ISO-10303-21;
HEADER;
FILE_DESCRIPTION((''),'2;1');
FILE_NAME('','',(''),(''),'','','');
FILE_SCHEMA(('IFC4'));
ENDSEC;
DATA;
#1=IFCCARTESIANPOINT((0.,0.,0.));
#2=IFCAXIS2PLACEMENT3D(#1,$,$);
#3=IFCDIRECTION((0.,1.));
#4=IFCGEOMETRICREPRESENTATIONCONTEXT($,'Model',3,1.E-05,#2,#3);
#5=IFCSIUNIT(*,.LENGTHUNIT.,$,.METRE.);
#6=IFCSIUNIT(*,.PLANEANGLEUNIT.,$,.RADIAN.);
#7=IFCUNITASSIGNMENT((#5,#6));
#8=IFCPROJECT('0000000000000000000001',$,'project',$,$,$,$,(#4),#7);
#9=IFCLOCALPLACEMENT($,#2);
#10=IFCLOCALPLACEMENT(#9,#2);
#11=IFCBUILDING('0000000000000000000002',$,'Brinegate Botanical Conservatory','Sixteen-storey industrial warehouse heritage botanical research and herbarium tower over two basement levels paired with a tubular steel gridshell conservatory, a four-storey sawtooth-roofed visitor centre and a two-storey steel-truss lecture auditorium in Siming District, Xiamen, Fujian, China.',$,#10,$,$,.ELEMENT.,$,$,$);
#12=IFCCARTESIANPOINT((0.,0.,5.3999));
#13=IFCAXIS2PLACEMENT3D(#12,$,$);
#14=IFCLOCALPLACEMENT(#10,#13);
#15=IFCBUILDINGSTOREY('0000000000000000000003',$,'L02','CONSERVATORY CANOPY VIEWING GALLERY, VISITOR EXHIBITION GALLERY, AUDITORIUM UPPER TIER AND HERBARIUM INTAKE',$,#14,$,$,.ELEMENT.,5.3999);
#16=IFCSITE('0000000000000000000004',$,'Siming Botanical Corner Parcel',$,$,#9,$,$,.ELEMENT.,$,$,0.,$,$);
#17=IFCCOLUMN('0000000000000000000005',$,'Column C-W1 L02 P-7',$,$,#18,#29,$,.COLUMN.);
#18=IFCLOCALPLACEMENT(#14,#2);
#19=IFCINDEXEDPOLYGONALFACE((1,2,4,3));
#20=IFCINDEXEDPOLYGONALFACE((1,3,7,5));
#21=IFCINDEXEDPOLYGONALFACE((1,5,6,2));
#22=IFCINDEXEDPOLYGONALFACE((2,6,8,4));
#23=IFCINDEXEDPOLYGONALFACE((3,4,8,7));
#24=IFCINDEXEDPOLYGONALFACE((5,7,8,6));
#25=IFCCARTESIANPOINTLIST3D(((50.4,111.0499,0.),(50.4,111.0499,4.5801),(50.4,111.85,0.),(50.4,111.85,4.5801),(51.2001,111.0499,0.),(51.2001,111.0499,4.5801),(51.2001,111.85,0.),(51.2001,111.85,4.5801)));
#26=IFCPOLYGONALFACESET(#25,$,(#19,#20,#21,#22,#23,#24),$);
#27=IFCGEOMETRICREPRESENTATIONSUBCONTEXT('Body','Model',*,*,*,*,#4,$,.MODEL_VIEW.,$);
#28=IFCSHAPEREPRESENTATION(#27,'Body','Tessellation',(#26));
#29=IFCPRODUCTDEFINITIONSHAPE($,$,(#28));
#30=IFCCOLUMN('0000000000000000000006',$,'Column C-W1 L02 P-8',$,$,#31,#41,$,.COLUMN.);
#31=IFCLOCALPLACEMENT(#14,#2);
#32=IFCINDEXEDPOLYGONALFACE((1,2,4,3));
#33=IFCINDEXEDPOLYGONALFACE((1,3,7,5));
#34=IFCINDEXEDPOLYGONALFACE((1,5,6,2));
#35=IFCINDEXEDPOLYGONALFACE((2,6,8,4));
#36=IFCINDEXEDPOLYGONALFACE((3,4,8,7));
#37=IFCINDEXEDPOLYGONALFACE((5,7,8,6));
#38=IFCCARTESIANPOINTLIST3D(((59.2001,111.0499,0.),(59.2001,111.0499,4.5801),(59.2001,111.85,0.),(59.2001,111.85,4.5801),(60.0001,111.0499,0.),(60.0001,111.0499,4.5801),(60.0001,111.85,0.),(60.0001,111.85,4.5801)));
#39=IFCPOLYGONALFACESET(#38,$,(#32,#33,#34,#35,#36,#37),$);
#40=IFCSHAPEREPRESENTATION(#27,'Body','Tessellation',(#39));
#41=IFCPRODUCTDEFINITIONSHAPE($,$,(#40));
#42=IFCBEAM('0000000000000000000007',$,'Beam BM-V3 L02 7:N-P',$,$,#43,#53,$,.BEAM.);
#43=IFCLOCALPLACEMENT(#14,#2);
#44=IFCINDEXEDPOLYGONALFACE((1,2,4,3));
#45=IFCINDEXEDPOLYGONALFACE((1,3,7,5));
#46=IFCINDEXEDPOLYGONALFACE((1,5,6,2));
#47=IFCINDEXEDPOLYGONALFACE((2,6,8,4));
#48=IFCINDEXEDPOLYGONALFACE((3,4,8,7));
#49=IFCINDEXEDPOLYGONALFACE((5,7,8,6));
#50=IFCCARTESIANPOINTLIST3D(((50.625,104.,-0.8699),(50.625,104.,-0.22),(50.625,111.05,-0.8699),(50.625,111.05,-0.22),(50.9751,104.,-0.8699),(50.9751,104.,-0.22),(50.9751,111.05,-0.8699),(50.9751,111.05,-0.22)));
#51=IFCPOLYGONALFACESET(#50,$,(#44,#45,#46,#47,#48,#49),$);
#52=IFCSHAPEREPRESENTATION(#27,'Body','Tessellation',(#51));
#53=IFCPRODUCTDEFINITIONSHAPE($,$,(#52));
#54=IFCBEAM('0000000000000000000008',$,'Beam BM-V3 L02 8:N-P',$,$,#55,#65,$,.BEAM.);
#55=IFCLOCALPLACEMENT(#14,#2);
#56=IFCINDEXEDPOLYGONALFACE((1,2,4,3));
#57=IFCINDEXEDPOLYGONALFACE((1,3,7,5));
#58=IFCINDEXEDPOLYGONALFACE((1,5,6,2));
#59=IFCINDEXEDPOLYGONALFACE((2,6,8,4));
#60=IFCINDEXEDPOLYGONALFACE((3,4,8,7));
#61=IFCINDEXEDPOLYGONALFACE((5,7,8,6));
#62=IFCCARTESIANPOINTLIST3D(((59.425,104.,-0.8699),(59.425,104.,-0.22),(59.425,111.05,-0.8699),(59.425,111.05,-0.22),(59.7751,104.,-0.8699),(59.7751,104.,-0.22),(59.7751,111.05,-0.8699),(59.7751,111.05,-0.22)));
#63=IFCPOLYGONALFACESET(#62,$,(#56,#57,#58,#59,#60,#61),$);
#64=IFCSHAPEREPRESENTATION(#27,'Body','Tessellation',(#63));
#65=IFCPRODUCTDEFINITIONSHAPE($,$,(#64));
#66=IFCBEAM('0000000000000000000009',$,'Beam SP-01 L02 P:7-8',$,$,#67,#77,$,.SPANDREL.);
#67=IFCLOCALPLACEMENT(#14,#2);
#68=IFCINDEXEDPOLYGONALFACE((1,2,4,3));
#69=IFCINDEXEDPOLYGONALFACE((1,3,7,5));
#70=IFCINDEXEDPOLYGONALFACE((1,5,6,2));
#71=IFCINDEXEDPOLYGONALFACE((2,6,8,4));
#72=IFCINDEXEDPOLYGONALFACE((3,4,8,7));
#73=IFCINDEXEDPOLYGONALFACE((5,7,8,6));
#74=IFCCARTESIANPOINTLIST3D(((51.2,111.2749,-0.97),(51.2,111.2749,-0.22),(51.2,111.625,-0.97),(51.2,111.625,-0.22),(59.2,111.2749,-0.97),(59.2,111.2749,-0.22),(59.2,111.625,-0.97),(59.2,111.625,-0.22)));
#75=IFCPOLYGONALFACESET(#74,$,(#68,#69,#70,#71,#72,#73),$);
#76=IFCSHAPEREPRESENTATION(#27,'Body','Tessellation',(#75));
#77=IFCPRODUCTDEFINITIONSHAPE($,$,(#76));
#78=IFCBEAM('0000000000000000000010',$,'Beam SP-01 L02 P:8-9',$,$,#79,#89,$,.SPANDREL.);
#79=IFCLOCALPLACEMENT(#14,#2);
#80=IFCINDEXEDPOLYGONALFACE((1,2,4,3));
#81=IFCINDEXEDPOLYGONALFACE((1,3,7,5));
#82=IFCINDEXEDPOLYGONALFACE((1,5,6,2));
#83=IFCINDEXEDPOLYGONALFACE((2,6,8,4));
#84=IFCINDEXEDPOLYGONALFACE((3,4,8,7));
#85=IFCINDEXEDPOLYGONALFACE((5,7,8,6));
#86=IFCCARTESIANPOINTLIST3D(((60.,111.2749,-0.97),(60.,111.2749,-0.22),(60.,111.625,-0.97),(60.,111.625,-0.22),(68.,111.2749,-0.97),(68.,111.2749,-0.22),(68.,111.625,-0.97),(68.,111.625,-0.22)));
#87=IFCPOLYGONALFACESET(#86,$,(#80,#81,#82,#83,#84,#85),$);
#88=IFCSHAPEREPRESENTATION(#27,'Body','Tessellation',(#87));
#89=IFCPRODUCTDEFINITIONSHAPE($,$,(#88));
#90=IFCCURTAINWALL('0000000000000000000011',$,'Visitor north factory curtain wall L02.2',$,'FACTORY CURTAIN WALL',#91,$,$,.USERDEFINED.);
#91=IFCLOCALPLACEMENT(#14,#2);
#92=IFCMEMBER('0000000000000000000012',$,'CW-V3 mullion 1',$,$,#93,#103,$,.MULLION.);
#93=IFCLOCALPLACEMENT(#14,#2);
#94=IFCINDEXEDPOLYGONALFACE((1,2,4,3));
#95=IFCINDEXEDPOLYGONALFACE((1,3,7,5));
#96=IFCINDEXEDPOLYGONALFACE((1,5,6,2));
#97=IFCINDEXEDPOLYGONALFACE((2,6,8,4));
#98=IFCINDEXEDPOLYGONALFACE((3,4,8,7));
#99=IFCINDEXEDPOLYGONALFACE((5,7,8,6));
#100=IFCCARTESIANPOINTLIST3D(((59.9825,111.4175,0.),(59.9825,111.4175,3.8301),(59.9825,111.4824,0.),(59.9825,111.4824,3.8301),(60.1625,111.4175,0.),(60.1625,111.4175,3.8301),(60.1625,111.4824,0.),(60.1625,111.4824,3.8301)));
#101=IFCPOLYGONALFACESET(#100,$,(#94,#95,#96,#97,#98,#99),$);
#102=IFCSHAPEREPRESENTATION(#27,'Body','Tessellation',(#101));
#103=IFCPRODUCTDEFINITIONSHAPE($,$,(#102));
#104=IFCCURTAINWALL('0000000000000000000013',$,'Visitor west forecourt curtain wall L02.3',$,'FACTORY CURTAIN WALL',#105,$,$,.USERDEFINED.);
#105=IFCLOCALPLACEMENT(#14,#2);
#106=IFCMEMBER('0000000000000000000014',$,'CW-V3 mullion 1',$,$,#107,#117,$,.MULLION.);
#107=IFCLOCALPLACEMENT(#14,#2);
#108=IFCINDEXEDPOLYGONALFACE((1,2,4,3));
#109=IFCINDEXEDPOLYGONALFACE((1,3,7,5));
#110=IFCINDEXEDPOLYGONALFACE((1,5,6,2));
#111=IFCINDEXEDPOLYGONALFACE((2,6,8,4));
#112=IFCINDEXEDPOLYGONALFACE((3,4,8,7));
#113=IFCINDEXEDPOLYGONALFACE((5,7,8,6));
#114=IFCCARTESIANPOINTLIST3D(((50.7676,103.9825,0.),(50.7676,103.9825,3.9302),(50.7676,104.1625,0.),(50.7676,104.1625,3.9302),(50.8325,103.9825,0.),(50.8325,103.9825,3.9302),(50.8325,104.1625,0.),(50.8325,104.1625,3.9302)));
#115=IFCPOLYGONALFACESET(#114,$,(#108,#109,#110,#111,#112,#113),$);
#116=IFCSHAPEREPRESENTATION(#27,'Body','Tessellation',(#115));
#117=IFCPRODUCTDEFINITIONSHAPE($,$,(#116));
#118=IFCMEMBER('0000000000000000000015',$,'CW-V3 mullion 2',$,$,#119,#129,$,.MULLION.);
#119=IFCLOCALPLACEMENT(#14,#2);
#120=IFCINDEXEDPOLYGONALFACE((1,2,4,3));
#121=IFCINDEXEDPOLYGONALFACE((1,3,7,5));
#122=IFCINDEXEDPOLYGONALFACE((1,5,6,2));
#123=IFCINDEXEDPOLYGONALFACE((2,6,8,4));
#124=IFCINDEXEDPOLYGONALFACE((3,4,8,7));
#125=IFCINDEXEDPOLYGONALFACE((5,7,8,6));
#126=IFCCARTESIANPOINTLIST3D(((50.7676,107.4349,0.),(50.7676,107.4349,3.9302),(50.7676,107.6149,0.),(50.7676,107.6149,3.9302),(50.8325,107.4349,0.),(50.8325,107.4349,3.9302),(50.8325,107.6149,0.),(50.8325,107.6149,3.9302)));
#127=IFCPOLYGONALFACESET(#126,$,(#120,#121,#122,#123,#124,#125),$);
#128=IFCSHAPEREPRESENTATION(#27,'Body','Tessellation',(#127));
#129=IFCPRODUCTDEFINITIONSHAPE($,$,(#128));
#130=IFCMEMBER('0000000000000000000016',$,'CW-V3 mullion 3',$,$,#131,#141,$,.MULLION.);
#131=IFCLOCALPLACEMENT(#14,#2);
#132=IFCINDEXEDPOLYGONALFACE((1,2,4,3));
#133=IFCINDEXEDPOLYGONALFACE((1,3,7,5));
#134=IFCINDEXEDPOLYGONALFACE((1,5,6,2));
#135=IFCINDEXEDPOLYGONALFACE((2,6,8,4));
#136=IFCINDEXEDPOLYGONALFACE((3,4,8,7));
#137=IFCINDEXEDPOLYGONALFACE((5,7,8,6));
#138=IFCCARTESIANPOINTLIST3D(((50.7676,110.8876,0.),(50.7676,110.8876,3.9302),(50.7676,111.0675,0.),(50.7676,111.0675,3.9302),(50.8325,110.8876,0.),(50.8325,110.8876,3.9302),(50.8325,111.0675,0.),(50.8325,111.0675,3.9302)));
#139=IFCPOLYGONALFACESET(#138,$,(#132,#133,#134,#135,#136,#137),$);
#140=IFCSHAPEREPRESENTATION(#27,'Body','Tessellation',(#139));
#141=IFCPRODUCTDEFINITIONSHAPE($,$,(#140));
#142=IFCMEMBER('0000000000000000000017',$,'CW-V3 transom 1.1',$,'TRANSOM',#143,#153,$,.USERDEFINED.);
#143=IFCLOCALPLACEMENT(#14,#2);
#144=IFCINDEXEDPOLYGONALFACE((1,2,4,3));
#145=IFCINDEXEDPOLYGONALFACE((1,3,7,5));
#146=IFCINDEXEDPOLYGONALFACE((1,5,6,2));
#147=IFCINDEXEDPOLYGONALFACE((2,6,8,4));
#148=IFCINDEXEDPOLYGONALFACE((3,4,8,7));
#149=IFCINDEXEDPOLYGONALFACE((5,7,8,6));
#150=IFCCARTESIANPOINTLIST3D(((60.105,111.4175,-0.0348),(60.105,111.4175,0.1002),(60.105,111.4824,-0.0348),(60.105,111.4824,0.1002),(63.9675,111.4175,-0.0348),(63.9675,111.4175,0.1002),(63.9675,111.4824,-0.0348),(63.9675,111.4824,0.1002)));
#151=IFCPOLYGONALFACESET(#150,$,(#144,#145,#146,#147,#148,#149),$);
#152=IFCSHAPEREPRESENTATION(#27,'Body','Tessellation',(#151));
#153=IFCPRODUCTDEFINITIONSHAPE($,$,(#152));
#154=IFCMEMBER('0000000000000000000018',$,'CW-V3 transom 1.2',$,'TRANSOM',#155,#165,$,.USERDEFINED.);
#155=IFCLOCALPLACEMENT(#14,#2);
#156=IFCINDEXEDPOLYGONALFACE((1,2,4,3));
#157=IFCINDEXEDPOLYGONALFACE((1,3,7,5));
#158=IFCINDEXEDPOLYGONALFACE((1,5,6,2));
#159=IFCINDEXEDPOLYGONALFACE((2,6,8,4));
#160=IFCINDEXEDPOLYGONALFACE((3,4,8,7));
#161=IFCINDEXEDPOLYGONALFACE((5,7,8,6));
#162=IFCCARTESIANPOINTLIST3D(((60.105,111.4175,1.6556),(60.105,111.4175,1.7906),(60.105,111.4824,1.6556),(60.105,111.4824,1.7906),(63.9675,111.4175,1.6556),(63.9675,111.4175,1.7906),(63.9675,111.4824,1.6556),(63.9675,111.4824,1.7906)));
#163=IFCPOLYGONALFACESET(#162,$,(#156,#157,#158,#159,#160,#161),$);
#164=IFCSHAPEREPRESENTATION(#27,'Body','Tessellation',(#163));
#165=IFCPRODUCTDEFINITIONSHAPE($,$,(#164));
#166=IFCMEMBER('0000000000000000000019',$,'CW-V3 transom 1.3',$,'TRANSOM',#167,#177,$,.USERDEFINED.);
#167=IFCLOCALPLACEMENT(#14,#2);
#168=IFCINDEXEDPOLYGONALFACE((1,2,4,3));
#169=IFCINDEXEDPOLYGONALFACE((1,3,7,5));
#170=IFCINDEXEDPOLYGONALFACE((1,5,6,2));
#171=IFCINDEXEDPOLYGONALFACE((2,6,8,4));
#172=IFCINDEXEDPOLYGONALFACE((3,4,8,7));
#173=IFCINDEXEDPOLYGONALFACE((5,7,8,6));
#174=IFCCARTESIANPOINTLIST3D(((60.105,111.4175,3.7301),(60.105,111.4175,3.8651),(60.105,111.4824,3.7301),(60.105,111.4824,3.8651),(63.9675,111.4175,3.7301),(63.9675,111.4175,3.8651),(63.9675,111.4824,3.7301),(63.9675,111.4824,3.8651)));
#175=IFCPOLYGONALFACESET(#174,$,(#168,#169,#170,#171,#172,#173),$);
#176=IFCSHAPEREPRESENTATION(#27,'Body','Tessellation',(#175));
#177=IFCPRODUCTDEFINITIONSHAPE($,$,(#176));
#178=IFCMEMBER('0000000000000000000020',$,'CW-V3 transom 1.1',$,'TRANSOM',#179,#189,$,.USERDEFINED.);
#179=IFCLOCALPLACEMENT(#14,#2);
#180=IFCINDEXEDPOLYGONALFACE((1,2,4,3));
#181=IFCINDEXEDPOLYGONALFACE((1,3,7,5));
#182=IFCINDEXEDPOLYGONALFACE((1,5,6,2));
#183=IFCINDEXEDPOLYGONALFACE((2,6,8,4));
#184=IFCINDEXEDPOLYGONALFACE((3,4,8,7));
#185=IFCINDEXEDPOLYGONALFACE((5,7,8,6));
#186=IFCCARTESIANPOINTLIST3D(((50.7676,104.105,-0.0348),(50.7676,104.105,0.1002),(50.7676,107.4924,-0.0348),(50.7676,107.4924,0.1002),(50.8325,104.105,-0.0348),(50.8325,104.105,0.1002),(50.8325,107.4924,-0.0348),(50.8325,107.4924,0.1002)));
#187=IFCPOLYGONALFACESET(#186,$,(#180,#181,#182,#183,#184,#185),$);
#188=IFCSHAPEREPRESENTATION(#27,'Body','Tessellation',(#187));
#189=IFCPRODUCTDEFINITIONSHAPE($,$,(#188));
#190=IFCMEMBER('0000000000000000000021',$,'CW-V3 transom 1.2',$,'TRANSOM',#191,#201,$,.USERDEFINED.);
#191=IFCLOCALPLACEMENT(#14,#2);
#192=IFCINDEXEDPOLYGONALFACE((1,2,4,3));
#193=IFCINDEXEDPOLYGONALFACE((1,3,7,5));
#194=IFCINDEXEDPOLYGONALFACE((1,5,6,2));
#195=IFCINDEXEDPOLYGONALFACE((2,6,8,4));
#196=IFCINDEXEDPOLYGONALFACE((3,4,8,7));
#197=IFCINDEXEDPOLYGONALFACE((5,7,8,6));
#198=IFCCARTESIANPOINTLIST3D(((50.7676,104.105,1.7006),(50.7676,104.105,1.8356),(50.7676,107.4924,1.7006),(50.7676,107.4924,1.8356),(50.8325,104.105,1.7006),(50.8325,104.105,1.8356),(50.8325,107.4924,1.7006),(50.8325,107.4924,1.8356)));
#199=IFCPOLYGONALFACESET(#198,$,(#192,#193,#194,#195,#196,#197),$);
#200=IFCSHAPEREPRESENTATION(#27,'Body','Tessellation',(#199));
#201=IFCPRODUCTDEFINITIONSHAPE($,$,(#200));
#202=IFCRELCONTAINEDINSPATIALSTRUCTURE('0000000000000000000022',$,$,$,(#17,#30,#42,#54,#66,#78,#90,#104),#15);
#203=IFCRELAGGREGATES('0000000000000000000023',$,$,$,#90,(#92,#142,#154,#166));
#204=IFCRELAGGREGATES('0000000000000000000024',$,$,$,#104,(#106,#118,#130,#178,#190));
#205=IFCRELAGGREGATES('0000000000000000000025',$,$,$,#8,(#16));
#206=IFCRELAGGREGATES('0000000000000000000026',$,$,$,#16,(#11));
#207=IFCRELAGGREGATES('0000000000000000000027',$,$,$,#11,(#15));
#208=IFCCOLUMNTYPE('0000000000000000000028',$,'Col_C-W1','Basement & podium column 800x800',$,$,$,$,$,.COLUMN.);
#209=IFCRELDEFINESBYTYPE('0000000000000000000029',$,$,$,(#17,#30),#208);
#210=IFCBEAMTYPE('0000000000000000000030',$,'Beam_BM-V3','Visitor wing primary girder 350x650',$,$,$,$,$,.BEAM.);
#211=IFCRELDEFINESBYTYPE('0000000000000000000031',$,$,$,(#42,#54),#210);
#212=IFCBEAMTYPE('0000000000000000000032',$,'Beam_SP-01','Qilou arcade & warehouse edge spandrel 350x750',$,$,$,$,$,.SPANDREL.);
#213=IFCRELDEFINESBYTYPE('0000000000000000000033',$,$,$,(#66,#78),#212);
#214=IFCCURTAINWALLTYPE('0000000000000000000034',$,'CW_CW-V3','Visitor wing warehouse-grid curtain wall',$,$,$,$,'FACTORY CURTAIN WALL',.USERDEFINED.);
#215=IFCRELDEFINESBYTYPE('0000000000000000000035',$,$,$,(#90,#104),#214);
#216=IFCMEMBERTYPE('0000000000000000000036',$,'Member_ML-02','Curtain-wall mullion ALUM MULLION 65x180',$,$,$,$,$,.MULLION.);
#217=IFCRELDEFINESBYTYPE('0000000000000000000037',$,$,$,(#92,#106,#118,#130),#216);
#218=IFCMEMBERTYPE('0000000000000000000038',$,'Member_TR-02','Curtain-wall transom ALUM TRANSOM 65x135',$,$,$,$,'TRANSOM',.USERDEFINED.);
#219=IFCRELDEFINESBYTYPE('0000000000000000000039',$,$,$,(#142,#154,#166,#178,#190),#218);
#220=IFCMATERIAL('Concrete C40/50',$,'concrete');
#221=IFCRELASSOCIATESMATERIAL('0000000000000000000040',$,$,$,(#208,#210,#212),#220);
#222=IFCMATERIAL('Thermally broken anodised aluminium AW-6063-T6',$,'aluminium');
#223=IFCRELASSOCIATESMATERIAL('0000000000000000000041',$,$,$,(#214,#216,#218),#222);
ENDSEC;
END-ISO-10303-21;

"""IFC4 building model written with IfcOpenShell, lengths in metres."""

from ifc_helpers import new_model, si_unit, direction, frame, origin, origin_2d, place, context, subcontext, project, spatial, rectangle, extrude, material, material_profile, profile_set, type_object, element, aggregate, save


model = new_model("IFC4")

# Units and contexts
model_context = context("Model", 3, precision=1e-05, world=origin(), true_north=direction((0.0, 1.0)))
body_context = subcontext(model_context, "Body", "Model", "MODEL_VIEW")
ifc_project = project(units=[si_unit("LENGTHUNIT", "METRE"), si_unit("PLANEANGLEUNIT", "RADIAN")], contexts=[model_context])

# Site, building, storey
site_placement = place(None, origin())
site = spatial("IfcSite", under=ifc_project, at=site_placement, Name="Siming Botanical Corner Parcel", CompositionType="ELEMENT", RefElevation=0.0)
building_placement = place(site_placement, origin())
building = spatial("IfcBuilding", under=site, at=building_placement, Name="Brinegate Botanical Conservatory", Description="Sixteen-storey industrial warehouse heritage botanical research and herbarium tower over two basement levels paired with a tubular steel gridshell conservatory, a four-storey sawtooth-roofed visitor centre and a two-storey steel-truss lecture auditorium in Siming District, Xiamen, Fujian, China.", CompositionType="ELEMENT")
storey_placement = place(building_placement, frame((0.0, 0.0, 5.3999)))
storey = spatial("IfcBuildingStorey", under=building, at=storey_placement, Name="L02", Description="CONSERVATORY CANOPY VIEWING GALLERY, VISITOR EXHIBITION GALLERY, AUDITORIUM UPPER TIER AND HERBARIUM INTAKE", CompositionType="ELEMENT", Elevation=5.3999)

# Columns
ifc_material_1 = material(Name="Concrete C40/50", Category="concrete")
ifc_material_profile_1 = material_profile(ifc_material_1, rectangle(XDim=0.8, YDim=0.8, at=origin_2d()), Name="RC COL 800x800")
ifc_profile_set_1 = profile_set([ifc_material_profile_1], Name="Concrete C40/50")
column_type = type_object("IfcColumnType", Name="Col_C-W1", Description="Basement & podium column 800x800", PredefinedType="COLUMN", material=ifc_profile_set_1)
for number, where, z_axis, x_axis, name in (
    (1, (50.8, 111.45, 0.0), (0.0, 0.0, 1.0), (1.0, 0.0, 0.0), "Column C-W1 L02 P-7"),
    (2, (59.6001, 111.45, 0.0), (0.0, 0.0, 1.0), (1.0, 0.0, 0.0), "Column C-W1 L02 P-8"),
):
    element("IfcColumn", number, at=place(storey_placement, frame(where, z_axis=z_axis, x_axis=x_axis)), inside=storey, type_object=column_type, Name=name, PredefinedType="COLUMN", context=body_context, shape_type="SweptSolid", body=[
        extrude(rectangle(XDim=0.8, YDim=0.8, at=origin_2d()), origin(), (0.0, 0.0, 1.0), 4.5801),
    ])

# Beams
ifc_material_profile_2 = material_profile(ifc_material_1, rectangle(XDim=0.3501, YDim=0.6499, at=origin_2d()), Name="RC BM 350x650")
ifc_profile_set_2 = profile_set([ifc_material_profile_2], Name="Concrete C40/50")
beam_type_1 = type_object("IfcBeamType", Name="Beam_BM-V3", Description="Visitor wing primary girder 350x650", PredefinedType="BEAM", material=ifc_profile_set_2)
for number, where, z_axis, x_axis, name in (
    (3, (50.8, 104.0, -0.5449), (0.0, 1.0, 0.0), (-1.0, 0.0, 0.0), "Beam BM-V3 L02 7:N-P"),
    (4, (59.6001, 104.0, -0.5449), (0.0, 1.0, 0.0), (-1.0, 0.0, 0.0), "Beam BM-V3 L02 8:N-P"),
):
    element("IfcBeam", number, at=place(storey_placement, frame(where, z_axis=z_axis, x_axis=x_axis)), inside=storey, type_object=beam_type_1, Name=name, PredefinedType="BEAM", context=body_context, shape_type="SweptSolid", body=[
        extrude(rectangle(XDim=0.3501, YDim=0.6499, at=origin_2d()), origin(), (0.0, 0.0, 1.0), 7.05),
    ])
ifc_material_profile_3 = material_profile(ifc_material_1, rectangle(XDim=0.3501, YDim=0.75, at=origin_2d()), Name="RC SPN 350x750")
ifc_profile_set_3 = profile_set([ifc_material_profile_3], Name="Concrete C40/50")
beam_type_2 = type_object("IfcBeamType", Name="Beam_SP-01", Description="Qilou arcade & warehouse edge spandrel 350x750", PredefinedType="SPANDREL", material=ifc_profile_set_3)
for number, where, z_axis, x_axis, name in (
    (5, (51.2, 111.45, -0.595), (1.0, 0.0, 0.0), (0.0, 1.0, 0.0), "Beam SP-01 L02 P:7-8"),
    (6, (60.0, 111.45, -0.595), (1.0, 0.0, 0.0), (0.0, 1.0, 0.0), "Beam SP-01 L02 P:8-9"),
):
    element("IfcBeam", number, at=place(storey_placement, frame(where, z_axis=z_axis, x_axis=x_axis)), inside=storey, type_object=beam_type_2, Name=name, PredefinedType="SPANDREL", context=body_context, shape_type="SweptSolid", body=[
        extrude(rectangle(XDim=0.3501, YDim=0.75, at=origin_2d()), origin(), (0.0, 0.0, 1.0), 8.0),
    ])

# Curtain wall, member
ifc_material_2 = material(Name="Thermally broken anodised aluminium AW-6063-T6", Category="aluminium")
curtain_wall_type = type_object("IfcCurtainWallType", Name="CW_CW-V3", Description="Visitor wing warehouse-grid curtain wall", ElementType="FACTORY CURTAIN WALL", PredefinedType="USERDEFINED", material=ifc_material_2)
curtain_wall_1_placement = place(storey_placement, origin())
curtain_wall_1 = element("IfcCurtainWall", 7, at=curtain_wall_1_placement, inside=storey, type_object=curtain_wall_type, Name="Visitor north factory curtain wall L02.2", ObjectType="FACTORY CURTAIN WALL", PredefinedType="USERDEFINED")
ifc_material_profile_4 = material_profile(ifc_material_2, rectangle(XDim=0.0649, YDim=0.1799, at=origin_2d()), Name="ALUM MULLION 65x180")
ifc_profile_set_4 = profile_set([ifc_material_profile_4], Name="Thermally broken anodised aluminium AW-6063-T6")
member_type_1 = type_object("IfcMemberType", Name="Member_ML-02", Description="Curtain-wall mullion ALUM MULLION 65x180", PredefinedType="MULLION", material=ifc_profile_set_4)
member_1_placement = place(storey_placement, frame((60.0725, 111.45, 0.0), z_axis=(0.0, 0.0, 1.0), x_axis=(0.0, 1.0, 0.0)))
member_1 = element("IfcMember", 8, at=member_1_placement, type_object=member_type_1, Name="CW-V3 mullion 1", PredefinedType="MULLION", context=body_context, shape_type="SweptSolid", body=[
    extrude(rectangle(XDim=0.0649, YDim=0.1799, at=origin_2d()), origin(), (0.0, 0.0, 1.0), 3.8301),
])

# Curtain wall, members
curtain_wall_2_placement = place(storey_placement, origin())
curtain_wall_2 = element("IfcCurtainWall", 9, at=curtain_wall_2_placement, inside=storey, type_object=curtain_wall_type, Name="Visitor west forecourt curtain wall L02.3", ObjectType="FACTORY CURTAIN WALL", PredefinedType="USERDEFINED")
member_2_placement = place(storey_placement, frame((50.8, 104.0725, 0.0), z_axis=(0.0, 0.0, 1.0), x_axis=(-1.0, 0.0, 0.0)))
member_2 = element("IfcMember", 10, at=member_2_placement, type_object=member_type_1, Name="CW-V3 mullion 1", PredefinedType="MULLION", context=body_context, shape_type="SweptSolid", body=[
    extrude(rectangle(XDim=0.0649, YDim=0.1799, at=origin_2d()), origin(), (0.0, 0.0, 1.0), 3.9302),
])
member_3_placement = place(storey_placement, frame((50.8, 107.5249, 0.0), z_axis=(0.0, 0.0, 1.0), x_axis=(-1.0, 0.0, 0.0)))
member_3 = element("IfcMember", 11, at=member_3_placement, type_object=member_type_1, Name="CW-V3 mullion 2", PredefinedType="MULLION", context=body_context, shape_type="SweptSolid", body=[
    extrude(rectangle(XDim=0.0649, YDim=0.1799, at=origin_2d()), origin(), (0.0, 0.0, 1.0), 3.9302),
])
member_4_placement = place(storey_placement, frame((50.8, 110.9775, 0.0), z_axis=(0.0, 0.0, 1.0), x_axis=(-1.0, 0.0, 0.0)))
member_4 = element("IfcMember", 12, at=member_4_placement, type_object=member_type_1, Name="CW-V3 mullion 3", PredefinedType="MULLION", context=body_context, shape_type="SweptSolid", body=[
    extrude(rectangle(XDim=0.0649, YDim=0.1799, at=origin_2d()), origin(), (0.0, 0.0, 1.0), 3.9302),
])

# Members
ifc_material_profile_5 = material_profile(ifc_material_2, rectangle(XDim=0.0649, YDim=0.135, at=origin_2d()), Name="ALUM TRANSOM 65x135")
ifc_profile_set_5 = profile_set([ifc_material_profile_5], Name="Thermally broken anodised aluminium AW-6063-T6")
member_type_2 = type_object("IfcMemberType", Name="Member_TR-02", Description="Curtain-wall transom ALUM TRANSOM 65x135", ElementType="TRANSOM", PredefinedType="USERDEFINED", material=ifc_profile_set_5)
member_5_placement = place(storey_placement, frame((60.105, 111.45, 0.0327), z_axis=(1.0, 0.0, 0.0), x_axis=(0.0, 1.0, 0.0)))
member_5 = element("IfcMember", 13, at=member_5_placement, type_object=member_type_2, Name="CW-V3 transom 1.1", ObjectType="TRANSOM", PredefinedType="USERDEFINED", context=body_context, shape_type="SweptSolid", body=[
    extrude(rectangle(XDim=0.0649, YDim=0.135, at=origin_2d()), origin(), (0.0, 0.0, 1.0), 3.8625),
])
member_6_placement = place(storey_placement, frame((60.105, 111.45, 1.7231), z_axis=(1.0, 0.0, 0.0), x_axis=(0.0, 1.0, 0.0)))
member_6 = element("IfcMember", 14, at=member_6_placement, type_object=member_type_2, Name="CW-V3 transom 1.2", ObjectType="TRANSOM", PredefinedType="USERDEFINED", context=body_context, shape_type="SweptSolid", body=[
    extrude(rectangle(XDim=0.0649, YDim=0.135, at=origin_2d()), origin(), (0.0, 0.0, 1.0), 3.8625),
])
member_7_placement = place(storey_placement, frame((60.105, 111.45, 3.7976), z_axis=(1.0, 0.0, 0.0), x_axis=(0.0, 1.0, 0.0)))
member_7 = element("IfcMember", 15, at=member_7_placement, type_object=member_type_2, Name="CW-V3 transom 1.3", ObjectType="TRANSOM", PredefinedType="USERDEFINED", context=body_context, shape_type="SweptSolid", body=[
    extrude(rectangle(XDim=0.0649, YDim=0.135, at=origin_2d()), origin(), (0.0, 0.0, 1.0), 3.8625),
])
aggregate(curtain_wall_1, [member_1, member_5, member_6, member_7])
member_8_placement = place(storey_placement, frame((50.8, 104.105, 0.0327), z_axis=(0.0, 1.0, 0.0), x_axis=(-1.0, 0.0, 0.0)))
member_8 = element("IfcMember", 16, at=member_8_placement, type_object=member_type_2, Name="CW-V3 transom 1.1", ObjectType="TRANSOM", PredefinedType="USERDEFINED", context=body_context, shape_type="SweptSolid", body=[
    extrude(rectangle(XDim=0.0649, YDim=0.135, at=origin_2d()), origin(), (0.0, 0.0, 1.0), 3.3875),
])
member_9_placement = place(storey_placement, frame((50.8, 104.105, 1.7681), z_axis=(0.0, 1.0, 0.0), x_axis=(-1.0, 0.0, 0.0)))
member_9 = element("IfcMember", 17, at=member_9_placement, type_object=member_type_2, Name="CW-V3 transom 1.2", ObjectType="TRANSOM", PredefinedType="USERDEFINED", context=body_context, shape_type="SweptSolid", body=[
    extrude(rectangle(XDim=0.0649, YDim=0.135, at=origin_2d()), origin(), (0.0, 0.0, 1.0), 3.3875),
])

aggregate(curtain_wall_2, [member_2, member_3, member_4, member_8, member_9])

save(model, "model.ifc")
